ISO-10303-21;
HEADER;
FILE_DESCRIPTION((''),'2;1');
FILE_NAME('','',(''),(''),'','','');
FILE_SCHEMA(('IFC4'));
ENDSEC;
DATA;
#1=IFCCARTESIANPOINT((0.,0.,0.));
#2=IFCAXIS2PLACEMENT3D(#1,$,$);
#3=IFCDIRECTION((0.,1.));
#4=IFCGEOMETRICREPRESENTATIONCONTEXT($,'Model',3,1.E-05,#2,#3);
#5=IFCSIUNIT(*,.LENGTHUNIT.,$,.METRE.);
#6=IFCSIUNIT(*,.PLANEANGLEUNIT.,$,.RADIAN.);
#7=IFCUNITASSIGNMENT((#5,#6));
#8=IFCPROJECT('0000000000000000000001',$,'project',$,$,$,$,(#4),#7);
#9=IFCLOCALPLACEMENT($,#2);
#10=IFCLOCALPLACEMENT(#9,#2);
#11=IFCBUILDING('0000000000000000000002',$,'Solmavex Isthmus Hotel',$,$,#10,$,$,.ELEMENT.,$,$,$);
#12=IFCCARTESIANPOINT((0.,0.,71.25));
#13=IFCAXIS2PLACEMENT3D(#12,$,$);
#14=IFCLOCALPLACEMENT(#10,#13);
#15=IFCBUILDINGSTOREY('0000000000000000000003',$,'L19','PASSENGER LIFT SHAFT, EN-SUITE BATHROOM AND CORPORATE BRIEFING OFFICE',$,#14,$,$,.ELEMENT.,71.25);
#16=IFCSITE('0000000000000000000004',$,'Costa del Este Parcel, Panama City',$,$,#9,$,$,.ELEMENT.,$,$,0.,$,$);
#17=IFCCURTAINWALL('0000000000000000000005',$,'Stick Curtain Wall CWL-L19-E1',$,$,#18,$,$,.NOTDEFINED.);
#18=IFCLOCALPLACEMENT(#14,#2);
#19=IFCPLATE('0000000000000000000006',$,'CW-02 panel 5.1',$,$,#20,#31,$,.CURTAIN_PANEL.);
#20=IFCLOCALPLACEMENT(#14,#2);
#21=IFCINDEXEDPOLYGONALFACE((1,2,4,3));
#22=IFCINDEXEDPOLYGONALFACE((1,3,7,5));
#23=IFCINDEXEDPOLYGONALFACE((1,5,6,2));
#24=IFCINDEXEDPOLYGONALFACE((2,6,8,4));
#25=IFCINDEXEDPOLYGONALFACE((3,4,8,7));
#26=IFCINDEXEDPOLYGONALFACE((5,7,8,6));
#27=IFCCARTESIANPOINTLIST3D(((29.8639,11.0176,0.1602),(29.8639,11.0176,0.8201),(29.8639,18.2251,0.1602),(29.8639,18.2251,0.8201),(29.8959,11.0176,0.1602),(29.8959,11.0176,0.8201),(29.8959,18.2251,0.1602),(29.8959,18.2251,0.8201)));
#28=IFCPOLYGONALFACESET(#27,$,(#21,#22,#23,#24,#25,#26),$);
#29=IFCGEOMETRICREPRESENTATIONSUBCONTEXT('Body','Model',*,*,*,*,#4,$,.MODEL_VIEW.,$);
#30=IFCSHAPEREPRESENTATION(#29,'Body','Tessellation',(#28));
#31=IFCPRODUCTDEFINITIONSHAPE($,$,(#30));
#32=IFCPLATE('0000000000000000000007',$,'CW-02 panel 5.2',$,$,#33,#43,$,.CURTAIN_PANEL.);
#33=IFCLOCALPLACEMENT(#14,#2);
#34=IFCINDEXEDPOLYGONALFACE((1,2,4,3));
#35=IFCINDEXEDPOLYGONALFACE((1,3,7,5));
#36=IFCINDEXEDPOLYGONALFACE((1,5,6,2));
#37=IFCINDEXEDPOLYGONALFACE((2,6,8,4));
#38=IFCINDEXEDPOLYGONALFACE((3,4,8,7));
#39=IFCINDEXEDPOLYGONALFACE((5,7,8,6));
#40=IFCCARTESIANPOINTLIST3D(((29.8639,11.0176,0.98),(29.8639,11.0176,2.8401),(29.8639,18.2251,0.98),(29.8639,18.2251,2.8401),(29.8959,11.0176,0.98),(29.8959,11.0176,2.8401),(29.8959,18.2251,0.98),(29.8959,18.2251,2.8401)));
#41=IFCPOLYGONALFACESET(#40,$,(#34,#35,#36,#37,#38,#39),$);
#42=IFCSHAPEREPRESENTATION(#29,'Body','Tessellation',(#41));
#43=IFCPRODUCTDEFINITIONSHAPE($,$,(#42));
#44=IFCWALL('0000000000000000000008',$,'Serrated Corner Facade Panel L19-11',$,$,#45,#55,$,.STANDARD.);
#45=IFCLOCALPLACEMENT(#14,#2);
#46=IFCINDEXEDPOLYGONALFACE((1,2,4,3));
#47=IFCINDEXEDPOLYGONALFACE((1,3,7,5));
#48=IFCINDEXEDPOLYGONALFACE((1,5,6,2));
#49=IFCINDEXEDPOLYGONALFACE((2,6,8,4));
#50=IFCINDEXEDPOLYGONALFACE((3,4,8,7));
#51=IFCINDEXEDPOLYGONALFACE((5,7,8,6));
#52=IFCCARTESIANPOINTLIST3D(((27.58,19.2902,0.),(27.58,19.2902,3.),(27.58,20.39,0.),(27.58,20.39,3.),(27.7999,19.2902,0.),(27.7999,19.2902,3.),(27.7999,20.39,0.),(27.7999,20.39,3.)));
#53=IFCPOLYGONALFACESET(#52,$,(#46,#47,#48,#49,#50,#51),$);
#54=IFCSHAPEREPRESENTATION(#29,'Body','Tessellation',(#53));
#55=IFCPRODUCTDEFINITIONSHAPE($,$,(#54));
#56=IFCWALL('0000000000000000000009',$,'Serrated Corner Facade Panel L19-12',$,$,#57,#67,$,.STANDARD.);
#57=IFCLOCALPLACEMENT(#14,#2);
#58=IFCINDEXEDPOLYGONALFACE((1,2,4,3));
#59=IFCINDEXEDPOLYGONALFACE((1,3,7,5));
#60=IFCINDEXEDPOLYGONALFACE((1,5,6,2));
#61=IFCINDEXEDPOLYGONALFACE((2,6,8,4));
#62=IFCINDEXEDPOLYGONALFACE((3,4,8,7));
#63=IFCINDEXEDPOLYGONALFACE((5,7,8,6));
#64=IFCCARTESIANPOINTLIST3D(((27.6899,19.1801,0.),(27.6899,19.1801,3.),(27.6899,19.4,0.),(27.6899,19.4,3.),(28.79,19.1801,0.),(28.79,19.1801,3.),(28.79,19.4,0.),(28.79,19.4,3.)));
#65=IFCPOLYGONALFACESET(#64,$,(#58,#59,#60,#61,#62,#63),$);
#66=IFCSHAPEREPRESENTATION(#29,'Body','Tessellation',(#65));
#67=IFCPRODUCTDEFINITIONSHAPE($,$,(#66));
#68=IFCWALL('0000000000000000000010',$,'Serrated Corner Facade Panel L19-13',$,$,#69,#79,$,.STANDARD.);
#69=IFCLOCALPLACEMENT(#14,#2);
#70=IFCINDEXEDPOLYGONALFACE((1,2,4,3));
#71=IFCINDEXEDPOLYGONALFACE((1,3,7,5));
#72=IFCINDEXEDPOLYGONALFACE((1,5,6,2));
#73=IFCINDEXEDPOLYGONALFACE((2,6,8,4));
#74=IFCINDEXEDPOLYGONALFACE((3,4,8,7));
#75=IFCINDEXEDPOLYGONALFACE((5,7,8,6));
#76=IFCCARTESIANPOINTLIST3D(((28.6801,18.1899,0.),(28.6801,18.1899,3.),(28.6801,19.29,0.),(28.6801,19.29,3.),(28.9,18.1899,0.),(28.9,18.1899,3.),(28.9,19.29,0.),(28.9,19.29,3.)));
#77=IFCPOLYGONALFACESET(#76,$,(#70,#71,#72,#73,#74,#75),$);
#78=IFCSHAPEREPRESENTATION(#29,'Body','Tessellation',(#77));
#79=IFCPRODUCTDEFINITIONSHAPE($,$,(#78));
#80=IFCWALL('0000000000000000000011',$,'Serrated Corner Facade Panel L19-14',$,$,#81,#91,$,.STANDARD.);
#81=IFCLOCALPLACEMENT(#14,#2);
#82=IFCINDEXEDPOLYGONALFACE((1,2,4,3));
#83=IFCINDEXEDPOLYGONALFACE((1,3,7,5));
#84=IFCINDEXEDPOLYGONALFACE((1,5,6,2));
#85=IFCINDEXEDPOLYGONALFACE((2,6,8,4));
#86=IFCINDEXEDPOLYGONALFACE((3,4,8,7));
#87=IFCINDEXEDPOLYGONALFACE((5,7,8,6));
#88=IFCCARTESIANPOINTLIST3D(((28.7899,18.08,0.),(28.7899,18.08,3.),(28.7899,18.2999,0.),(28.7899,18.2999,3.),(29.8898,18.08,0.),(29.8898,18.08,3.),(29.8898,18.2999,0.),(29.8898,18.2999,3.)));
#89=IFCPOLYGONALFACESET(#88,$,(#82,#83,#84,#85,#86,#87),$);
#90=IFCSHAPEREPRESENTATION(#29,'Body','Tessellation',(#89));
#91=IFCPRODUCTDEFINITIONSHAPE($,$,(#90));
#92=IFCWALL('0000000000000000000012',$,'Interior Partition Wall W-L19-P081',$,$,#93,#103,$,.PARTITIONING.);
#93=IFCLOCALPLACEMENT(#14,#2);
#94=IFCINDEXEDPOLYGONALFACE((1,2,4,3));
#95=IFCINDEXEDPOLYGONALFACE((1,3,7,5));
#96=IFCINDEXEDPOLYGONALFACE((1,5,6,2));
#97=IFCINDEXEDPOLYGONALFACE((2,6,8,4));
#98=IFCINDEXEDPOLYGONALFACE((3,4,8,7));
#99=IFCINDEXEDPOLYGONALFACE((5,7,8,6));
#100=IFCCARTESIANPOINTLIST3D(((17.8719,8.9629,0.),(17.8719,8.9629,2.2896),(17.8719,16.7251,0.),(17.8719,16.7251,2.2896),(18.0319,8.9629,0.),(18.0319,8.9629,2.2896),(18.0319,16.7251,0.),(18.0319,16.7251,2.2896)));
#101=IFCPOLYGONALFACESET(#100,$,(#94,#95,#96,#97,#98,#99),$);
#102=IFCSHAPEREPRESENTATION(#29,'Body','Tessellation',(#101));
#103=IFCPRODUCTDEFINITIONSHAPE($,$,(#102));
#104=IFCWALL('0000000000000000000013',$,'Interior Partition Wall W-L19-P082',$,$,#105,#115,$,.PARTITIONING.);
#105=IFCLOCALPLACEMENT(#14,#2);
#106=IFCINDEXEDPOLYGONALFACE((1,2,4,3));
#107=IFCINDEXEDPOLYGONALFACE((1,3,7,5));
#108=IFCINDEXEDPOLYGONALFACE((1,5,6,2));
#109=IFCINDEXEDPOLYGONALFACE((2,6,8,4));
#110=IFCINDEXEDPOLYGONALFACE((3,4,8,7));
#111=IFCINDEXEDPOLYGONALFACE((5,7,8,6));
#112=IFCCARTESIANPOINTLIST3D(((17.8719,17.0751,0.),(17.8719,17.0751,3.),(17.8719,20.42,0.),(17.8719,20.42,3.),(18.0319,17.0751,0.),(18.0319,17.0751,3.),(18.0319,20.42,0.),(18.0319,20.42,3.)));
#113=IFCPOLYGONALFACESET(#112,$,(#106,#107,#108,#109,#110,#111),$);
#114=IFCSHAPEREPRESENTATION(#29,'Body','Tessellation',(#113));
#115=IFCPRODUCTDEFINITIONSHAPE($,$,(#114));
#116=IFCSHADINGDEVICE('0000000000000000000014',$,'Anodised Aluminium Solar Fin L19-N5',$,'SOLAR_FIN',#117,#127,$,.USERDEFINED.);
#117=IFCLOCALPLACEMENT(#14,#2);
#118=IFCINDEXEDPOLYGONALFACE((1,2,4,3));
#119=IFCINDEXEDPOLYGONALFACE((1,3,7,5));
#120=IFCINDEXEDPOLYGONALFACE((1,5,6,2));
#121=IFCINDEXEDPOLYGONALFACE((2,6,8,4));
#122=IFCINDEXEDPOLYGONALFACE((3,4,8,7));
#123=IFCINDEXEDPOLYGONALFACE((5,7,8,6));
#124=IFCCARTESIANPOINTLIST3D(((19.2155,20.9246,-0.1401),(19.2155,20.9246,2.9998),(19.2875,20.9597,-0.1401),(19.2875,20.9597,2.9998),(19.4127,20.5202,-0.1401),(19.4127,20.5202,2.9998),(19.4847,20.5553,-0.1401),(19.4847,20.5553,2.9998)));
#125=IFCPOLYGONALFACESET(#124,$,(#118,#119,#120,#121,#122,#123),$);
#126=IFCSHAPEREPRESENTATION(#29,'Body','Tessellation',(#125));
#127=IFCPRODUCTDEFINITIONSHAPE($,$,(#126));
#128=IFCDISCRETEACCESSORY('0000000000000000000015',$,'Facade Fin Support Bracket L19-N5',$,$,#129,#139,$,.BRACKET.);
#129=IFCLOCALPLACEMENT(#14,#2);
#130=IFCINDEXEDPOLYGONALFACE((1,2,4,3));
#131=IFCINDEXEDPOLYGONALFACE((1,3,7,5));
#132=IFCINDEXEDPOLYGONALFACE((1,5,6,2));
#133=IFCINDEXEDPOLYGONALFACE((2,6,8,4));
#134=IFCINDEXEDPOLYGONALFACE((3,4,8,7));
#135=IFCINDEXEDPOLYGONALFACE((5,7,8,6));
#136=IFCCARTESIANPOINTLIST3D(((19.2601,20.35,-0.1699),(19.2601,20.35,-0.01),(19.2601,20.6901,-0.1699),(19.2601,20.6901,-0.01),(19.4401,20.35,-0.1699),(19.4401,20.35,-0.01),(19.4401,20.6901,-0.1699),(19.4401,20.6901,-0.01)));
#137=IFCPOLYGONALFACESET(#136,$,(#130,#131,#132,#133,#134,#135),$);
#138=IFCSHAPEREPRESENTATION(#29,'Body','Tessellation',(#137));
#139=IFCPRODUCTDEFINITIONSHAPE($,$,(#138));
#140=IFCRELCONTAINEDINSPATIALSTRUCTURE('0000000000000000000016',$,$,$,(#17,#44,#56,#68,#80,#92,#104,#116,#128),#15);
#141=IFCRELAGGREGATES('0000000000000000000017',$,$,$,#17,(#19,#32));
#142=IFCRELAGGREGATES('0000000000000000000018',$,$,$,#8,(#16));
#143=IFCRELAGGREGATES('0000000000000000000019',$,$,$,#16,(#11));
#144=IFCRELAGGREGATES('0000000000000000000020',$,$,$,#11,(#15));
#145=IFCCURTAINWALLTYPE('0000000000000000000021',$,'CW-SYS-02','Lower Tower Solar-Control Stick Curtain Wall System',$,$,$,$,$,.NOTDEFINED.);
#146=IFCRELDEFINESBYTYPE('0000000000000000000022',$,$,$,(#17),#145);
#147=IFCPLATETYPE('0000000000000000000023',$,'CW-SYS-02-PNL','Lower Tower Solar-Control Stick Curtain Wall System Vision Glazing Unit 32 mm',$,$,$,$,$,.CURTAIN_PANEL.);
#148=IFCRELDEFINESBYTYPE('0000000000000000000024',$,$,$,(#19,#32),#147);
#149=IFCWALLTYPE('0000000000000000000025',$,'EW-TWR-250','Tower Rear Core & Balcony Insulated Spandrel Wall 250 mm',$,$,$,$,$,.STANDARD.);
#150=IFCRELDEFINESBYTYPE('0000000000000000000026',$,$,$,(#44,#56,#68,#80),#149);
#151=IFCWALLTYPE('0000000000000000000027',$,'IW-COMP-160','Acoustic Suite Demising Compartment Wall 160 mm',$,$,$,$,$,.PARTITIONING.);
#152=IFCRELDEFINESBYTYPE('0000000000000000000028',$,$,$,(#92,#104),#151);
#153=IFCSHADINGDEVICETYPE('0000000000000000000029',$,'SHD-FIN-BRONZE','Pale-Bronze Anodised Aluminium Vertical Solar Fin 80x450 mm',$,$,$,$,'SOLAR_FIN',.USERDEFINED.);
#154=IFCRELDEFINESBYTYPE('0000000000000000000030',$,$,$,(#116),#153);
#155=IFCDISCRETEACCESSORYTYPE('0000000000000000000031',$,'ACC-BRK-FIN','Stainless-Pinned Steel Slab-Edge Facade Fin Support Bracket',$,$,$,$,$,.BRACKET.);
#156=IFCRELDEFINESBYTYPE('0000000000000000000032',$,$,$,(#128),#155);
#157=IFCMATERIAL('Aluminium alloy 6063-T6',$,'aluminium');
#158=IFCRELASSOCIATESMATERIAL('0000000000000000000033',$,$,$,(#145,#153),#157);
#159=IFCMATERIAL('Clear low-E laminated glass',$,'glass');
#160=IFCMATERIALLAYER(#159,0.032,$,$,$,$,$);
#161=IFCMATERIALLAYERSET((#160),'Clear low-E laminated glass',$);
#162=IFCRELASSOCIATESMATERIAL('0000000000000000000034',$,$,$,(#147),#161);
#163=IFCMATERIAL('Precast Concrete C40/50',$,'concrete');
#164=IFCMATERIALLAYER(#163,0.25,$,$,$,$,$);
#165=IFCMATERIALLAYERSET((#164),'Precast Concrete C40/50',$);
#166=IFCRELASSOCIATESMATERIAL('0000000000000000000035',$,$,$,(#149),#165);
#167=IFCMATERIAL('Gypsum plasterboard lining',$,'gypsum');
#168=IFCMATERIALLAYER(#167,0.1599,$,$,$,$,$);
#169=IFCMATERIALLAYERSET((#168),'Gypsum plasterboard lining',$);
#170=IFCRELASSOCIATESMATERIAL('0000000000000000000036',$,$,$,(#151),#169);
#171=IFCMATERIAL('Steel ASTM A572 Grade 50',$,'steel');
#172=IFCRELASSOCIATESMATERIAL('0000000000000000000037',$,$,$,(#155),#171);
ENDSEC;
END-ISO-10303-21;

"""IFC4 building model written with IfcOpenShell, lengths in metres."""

from ifc_helpers import new_model, si_unit, direction, frame, frame_2d, origin, origin_2d, place, context, subcontext, project, spatial, rectangle, extrude, material, layer, layer_set, type_object, element, aggregate, save


model = new_model("IFC4")

# Units and contexts
model_context = context("Model", 3, precision=1e-05, world=origin(), true_north=direction((0.0, 1.0)))
body_context = subcontext(model_context, "Body", "Model", "MODEL_VIEW")
ifc_project = project(units=[si_unit("LENGTHUNIT", "METRE"), si_unit("PLANEANGLEUNIT", "RADIAN")], contexts=[model_context])

# Site, building, storey
site_placement = place(None, origin())
site = spatial("IfcSite", under=ifc_project, at=site_placement, Name="Costa del Este Parcel, Panama City", CompositionType="ELEMENT", RefElevation=0.0)
building_placement = place(site_placement, origin())
building = spatial("IfcBuilding", under=site, at=building_placement, Name="Solmavex Isthmus Hotel", CompositionType="ELEMENT")
storey_placement = place(building_placement, frame((0.0, 0.0, 71.25)))
storey = spatial("IfcBuildingStorey", under=building, at=storey_placement, Name="L19", Description="PASSENGER LIFT SHAFT, EN-SUITE BATHROOM AND CORPORATE BRIEFING OFFICE", CompositionType="ELEMENT", Elevation=71.25)

# Curtain wall
ifc_material_1 = material(Name="Aluminium alloy 6063-T6", Category="aluminium")
curtain_wall_type = type_object("IfcCurtainWallType", Name="CW-SYS-02", Description="Lower Tower Solar-Control Stick Curtain Wall System", PredefinedType="NOTDEFINED", material=ifc_material_1)
curtain_wall_1_placement = place(storey_placement, origin())
curtain_wall_1 = element("IfcCurtainWall", 1, at=curtain_wall_1_placement, inside=storey, type_object=curtain_wall_type, Name="Stick Curtain Wall CWL-L19-E1", PredefinedType="NOTDEFINED")

# Plates
ifc_material_2 = material(Name="Clear low-E laminated glass", Category="glass")
ifc_layer_1 = layer(ifc_material_2, 0.032)
ifc_layer_set_1 = layer_set([ifc_layer_1], Name="Clear low-E laminated glass")
plate_type = type_object("IfcPlateType", Name="CW-SYS-02-PNL", Description="Lower Tower Solar-Control Stick Curtain Wall System Vision Glazing Unit 32 mm", PredefinedType="CURTAIN_PANEL", material=ifc_layer_set_1)
plate_1_placement = place(storey_placement, frame((29.8799, 14.6213, 0.1602), z_axis=(0.0, 0.0, 1.0), x_axis=(0.0, 1.0, 0.0)))
plate_1 = element("IfcPlate", 2, at=plate_1_placement, type_object=plate_type, Name="CW-02 panel 5.1", PredefinedType="CURTAIN_PANEL", context=body_context, shape_type="SweptSolid", body=[
    extrude(rectangle(XDim=7.2075, YDim=0.032, at=origin_2d()), origin(), (0.0, 0.0, 1.0), 0.6599),
])
plate_2_placement = place(storey_placement, frame((29.8799, 14.6213, 0.98), z_axis=(0.0, 0.0, 1.0), x_axis=(0.0, 1.0, 0.0)))
plate_2 = element("IfcPlate", 3, at=plate_2_placement, type_object=plate_type, Name="CW-02 panel 5.2", PredefinedType="CURTAIN_PANEL", context=body_context, shape_type="SweptSolid", body=[
    extrude(rectangle(XDim=7.2075, YDim=0.032, at=origin_2d()), origin(), (0.0, 0.0, 1.0), 1.8601),
])
aggregate(curtain_wall_1, [plate_1, plate_2])

# Walls
ifc_material_3 = material(Name="Precast Concrete C40/50", Category="concrete")
ifc_layer_2 = layer(ifc_material_3, 0.25)
ifc_layer_set_2 = layer_set([ifc_layer_2], Name="Precast Concrete C40/50")
wall_type_1 = type_object("IfcWallType", Name="EW-TWR-250", Description="Tower Rear Core & Balcony Insulated Spandrel Wall 250 mm", PredefinedType="STANDARD", material=ifc_layer_set_2)
wall_1_placement = place(storey_placement, frame((27.6899, 20.3899, 0.0), z_axis=(0.0, 0.0, 1.0), x_axis=(0.0, -1.0, 0.0)))
element("IfcWall", 4, at=wall_1_placement, inside=storey, type_object=wall_type_1, Name="Serrated Corner Facade Panel L19-11", PredefinedType="STANDARD", context=body_context, shape_type="SweptSolid", body=[
    extrude(rectangle(XDim=1.0999, YDim=0.22, at=frame_2d((0.5498, 0.0))), origin(), (0.0, 0.0, 1.0), 3.0),
])
for number, where, z_axis, x_axis, name in (
    (5, (27.6899, 19.29, 0.0), (0.0, 0.0, 1.0), (1.0, 0.0, 0.0), "Serrated Corner Facade Panel L19-12"),
    (6, (28.79, 19.29, 0.0), (0.0, 0.0, 1.0), (0.0, -1.0, 0.0), "Serrated Corner Facade Panel L19-13"),
):
    element("IfcWall", number, at=place(storey_placement, frame(where, z_axis=z_axis, x_axis=x_axis)), inside=storey, type_object=wall_type_1, Name=name, PredefinedType="STANDARD", context=body_context, shape_type="SweptSolid", body=[
        extrude(rectangle(XDim=1.1001, YDim=0.22, at=frame_2d((0.55, 0.0))), origin(), (0.0, 0.0, 1.0), 3.0),
    ])
wall_2_placement = place(storey_placement, frame((28.79, 18.1899, 0.0), z_axis=(0.0, 0.0, 1.0), x_axis=(1.0, 0.0, 0.0)))
element("IfcWall", 7, at=wall_2_placement, inside=storey, type_object=wall_type_1, Name="Serrated Corner Facade Panel L19-14", PredefinedType="STANDARD", context=body_context, shape_type="SweptSolid", body=[
    extrude(rectangle(XDim=1.0999, YDim=0.22, at=frame_2d((0.5498, 0.0))), origin(), (0.0, 0.0, 1.0), 3.0),
])
ifc_material_4 = material(Name="Gypsum plasterboard lining", Category="gypsum")
ifc_layer_3 = layer(ifc_material_4, 0.1599)
ifc_layer_set_3 = layer_set([ifc_layer_3], Name="Gypsum plasterboard lining")
wall_type_2 = type_object("IfcWallType", Name="IW-COMP-160", Description="Acoustic Suite Demising Compartment Wall 160 mm", PredefinedType="PARTITIONING", material=ifc_layer_set_3)
wall_3_placement = place(storey_placement, frame((17.9519, 16.7251, 0.0), z_axis=(0.0, 0.0, 1.0), x_axis=(0.0, -1.0, 0.0)))
element("IfcWall", 8, at=wall_3_placement, inside=storey, type_object=wall_type_2, Name="Interior Partition Wall W-L19-P081", PredefinedType="PARTITIONING", context=body_context, shape_type="SweptSolid", body=[
    extrude(rectangle(XDim=7.7622, YDim=0.1599, at=frame_2d((3.8811, 0.0))), origin(), (0.0, 0.0, 1.0), 2.2896),
])
wall_4_placement = place(storey_placement, frame((17.9519, 20.4199, 0.0), z_axis=(0.0, 0.0, 1.0), x_axis=(0.0, -1.0, 0.0)))
element("IfcWall", 9, at=wall_4_placement, inside=storey, type_object=wall_type_2, Name="Interior Partition Wall W-L19-P082", PredefinedType="PARTITIONING", context=body_context, shape_type="SweptSolid", body=[
    extrude(rectangle(XDim=3.345, YDim=0.1599, at=frame_2d((1.6724, 0.0))), origin(), (0.0, 0.0, 1.0), 3.0),
])

# Shading device
shading_device_type = type_object("IfcShadingDeviceType", Name="SHD-FIN-BRONZE", Description="Pale-Bronze Anodised Aluminium Vertical Solar Fin 80x450 mm", ElementType="SOLAR_FIN", PredefinedType="USERDEFINED", material=ifc_material_1)
shading_device_placement = place(storey_placement, frame((19.3501, 20.74, -0.1401), z_axis=(0.0, 0.0, 1.0), x_axis=(-0.438371, 0.898794, 0.0)))
element("IfcShadingDevice", 10, at=shading_device_placement, inside=storey, type_object=shading_device_type, Name="Anodised Aluminium Solar Fin L19-N5", ObjectType="SOLAR_FIN", PredefinedType="USERDEFINED", context=body_context, shape_type="SweptSolid", body=[
    extrude(rectangle(XDim=0.45, YDim=0.0801, at=origin_2d()), origin(), (0.0, 0.0, 1.0), 3.1399),
])

# Discrete accessory
ifc_material_5 = material(Name="Steel ASTM A572 Grade 50", Category="steel")
discrete_accessory_type = type_object("IfcDiscreteAccessoryType", Name="ACC-BRK-FIN", Description="Stainless-Pinned Steel Slab-Edge Facade Fin Support Bracket", PredefinedType="BRACKET", material=ifc_material_5)
discrete_accessory_placement = place(storey_placement, frame((19.3501, 20.52, -0.1699), z_axis=(0.0, 0.0, 1.0), x_axis=(0.0, 1.0, 0.0)))
element("IfcDiscreteAccessory", 11, at=discrete_accessory_placement, inside=storey, type_object=discrete_accessory_type, Name="Facade Fin Support Bracket L19-N5", PredefinedType="BRACKET", context=body_context, shape_type="SweptSolid", body=[
    extrude(rectangle(XDim=0.3401, YDim=0.1799, at=origin_2d()), origin(), (0.0, 0.0, 1.0), 0.1599),
])

save(model, "model.ifc")
